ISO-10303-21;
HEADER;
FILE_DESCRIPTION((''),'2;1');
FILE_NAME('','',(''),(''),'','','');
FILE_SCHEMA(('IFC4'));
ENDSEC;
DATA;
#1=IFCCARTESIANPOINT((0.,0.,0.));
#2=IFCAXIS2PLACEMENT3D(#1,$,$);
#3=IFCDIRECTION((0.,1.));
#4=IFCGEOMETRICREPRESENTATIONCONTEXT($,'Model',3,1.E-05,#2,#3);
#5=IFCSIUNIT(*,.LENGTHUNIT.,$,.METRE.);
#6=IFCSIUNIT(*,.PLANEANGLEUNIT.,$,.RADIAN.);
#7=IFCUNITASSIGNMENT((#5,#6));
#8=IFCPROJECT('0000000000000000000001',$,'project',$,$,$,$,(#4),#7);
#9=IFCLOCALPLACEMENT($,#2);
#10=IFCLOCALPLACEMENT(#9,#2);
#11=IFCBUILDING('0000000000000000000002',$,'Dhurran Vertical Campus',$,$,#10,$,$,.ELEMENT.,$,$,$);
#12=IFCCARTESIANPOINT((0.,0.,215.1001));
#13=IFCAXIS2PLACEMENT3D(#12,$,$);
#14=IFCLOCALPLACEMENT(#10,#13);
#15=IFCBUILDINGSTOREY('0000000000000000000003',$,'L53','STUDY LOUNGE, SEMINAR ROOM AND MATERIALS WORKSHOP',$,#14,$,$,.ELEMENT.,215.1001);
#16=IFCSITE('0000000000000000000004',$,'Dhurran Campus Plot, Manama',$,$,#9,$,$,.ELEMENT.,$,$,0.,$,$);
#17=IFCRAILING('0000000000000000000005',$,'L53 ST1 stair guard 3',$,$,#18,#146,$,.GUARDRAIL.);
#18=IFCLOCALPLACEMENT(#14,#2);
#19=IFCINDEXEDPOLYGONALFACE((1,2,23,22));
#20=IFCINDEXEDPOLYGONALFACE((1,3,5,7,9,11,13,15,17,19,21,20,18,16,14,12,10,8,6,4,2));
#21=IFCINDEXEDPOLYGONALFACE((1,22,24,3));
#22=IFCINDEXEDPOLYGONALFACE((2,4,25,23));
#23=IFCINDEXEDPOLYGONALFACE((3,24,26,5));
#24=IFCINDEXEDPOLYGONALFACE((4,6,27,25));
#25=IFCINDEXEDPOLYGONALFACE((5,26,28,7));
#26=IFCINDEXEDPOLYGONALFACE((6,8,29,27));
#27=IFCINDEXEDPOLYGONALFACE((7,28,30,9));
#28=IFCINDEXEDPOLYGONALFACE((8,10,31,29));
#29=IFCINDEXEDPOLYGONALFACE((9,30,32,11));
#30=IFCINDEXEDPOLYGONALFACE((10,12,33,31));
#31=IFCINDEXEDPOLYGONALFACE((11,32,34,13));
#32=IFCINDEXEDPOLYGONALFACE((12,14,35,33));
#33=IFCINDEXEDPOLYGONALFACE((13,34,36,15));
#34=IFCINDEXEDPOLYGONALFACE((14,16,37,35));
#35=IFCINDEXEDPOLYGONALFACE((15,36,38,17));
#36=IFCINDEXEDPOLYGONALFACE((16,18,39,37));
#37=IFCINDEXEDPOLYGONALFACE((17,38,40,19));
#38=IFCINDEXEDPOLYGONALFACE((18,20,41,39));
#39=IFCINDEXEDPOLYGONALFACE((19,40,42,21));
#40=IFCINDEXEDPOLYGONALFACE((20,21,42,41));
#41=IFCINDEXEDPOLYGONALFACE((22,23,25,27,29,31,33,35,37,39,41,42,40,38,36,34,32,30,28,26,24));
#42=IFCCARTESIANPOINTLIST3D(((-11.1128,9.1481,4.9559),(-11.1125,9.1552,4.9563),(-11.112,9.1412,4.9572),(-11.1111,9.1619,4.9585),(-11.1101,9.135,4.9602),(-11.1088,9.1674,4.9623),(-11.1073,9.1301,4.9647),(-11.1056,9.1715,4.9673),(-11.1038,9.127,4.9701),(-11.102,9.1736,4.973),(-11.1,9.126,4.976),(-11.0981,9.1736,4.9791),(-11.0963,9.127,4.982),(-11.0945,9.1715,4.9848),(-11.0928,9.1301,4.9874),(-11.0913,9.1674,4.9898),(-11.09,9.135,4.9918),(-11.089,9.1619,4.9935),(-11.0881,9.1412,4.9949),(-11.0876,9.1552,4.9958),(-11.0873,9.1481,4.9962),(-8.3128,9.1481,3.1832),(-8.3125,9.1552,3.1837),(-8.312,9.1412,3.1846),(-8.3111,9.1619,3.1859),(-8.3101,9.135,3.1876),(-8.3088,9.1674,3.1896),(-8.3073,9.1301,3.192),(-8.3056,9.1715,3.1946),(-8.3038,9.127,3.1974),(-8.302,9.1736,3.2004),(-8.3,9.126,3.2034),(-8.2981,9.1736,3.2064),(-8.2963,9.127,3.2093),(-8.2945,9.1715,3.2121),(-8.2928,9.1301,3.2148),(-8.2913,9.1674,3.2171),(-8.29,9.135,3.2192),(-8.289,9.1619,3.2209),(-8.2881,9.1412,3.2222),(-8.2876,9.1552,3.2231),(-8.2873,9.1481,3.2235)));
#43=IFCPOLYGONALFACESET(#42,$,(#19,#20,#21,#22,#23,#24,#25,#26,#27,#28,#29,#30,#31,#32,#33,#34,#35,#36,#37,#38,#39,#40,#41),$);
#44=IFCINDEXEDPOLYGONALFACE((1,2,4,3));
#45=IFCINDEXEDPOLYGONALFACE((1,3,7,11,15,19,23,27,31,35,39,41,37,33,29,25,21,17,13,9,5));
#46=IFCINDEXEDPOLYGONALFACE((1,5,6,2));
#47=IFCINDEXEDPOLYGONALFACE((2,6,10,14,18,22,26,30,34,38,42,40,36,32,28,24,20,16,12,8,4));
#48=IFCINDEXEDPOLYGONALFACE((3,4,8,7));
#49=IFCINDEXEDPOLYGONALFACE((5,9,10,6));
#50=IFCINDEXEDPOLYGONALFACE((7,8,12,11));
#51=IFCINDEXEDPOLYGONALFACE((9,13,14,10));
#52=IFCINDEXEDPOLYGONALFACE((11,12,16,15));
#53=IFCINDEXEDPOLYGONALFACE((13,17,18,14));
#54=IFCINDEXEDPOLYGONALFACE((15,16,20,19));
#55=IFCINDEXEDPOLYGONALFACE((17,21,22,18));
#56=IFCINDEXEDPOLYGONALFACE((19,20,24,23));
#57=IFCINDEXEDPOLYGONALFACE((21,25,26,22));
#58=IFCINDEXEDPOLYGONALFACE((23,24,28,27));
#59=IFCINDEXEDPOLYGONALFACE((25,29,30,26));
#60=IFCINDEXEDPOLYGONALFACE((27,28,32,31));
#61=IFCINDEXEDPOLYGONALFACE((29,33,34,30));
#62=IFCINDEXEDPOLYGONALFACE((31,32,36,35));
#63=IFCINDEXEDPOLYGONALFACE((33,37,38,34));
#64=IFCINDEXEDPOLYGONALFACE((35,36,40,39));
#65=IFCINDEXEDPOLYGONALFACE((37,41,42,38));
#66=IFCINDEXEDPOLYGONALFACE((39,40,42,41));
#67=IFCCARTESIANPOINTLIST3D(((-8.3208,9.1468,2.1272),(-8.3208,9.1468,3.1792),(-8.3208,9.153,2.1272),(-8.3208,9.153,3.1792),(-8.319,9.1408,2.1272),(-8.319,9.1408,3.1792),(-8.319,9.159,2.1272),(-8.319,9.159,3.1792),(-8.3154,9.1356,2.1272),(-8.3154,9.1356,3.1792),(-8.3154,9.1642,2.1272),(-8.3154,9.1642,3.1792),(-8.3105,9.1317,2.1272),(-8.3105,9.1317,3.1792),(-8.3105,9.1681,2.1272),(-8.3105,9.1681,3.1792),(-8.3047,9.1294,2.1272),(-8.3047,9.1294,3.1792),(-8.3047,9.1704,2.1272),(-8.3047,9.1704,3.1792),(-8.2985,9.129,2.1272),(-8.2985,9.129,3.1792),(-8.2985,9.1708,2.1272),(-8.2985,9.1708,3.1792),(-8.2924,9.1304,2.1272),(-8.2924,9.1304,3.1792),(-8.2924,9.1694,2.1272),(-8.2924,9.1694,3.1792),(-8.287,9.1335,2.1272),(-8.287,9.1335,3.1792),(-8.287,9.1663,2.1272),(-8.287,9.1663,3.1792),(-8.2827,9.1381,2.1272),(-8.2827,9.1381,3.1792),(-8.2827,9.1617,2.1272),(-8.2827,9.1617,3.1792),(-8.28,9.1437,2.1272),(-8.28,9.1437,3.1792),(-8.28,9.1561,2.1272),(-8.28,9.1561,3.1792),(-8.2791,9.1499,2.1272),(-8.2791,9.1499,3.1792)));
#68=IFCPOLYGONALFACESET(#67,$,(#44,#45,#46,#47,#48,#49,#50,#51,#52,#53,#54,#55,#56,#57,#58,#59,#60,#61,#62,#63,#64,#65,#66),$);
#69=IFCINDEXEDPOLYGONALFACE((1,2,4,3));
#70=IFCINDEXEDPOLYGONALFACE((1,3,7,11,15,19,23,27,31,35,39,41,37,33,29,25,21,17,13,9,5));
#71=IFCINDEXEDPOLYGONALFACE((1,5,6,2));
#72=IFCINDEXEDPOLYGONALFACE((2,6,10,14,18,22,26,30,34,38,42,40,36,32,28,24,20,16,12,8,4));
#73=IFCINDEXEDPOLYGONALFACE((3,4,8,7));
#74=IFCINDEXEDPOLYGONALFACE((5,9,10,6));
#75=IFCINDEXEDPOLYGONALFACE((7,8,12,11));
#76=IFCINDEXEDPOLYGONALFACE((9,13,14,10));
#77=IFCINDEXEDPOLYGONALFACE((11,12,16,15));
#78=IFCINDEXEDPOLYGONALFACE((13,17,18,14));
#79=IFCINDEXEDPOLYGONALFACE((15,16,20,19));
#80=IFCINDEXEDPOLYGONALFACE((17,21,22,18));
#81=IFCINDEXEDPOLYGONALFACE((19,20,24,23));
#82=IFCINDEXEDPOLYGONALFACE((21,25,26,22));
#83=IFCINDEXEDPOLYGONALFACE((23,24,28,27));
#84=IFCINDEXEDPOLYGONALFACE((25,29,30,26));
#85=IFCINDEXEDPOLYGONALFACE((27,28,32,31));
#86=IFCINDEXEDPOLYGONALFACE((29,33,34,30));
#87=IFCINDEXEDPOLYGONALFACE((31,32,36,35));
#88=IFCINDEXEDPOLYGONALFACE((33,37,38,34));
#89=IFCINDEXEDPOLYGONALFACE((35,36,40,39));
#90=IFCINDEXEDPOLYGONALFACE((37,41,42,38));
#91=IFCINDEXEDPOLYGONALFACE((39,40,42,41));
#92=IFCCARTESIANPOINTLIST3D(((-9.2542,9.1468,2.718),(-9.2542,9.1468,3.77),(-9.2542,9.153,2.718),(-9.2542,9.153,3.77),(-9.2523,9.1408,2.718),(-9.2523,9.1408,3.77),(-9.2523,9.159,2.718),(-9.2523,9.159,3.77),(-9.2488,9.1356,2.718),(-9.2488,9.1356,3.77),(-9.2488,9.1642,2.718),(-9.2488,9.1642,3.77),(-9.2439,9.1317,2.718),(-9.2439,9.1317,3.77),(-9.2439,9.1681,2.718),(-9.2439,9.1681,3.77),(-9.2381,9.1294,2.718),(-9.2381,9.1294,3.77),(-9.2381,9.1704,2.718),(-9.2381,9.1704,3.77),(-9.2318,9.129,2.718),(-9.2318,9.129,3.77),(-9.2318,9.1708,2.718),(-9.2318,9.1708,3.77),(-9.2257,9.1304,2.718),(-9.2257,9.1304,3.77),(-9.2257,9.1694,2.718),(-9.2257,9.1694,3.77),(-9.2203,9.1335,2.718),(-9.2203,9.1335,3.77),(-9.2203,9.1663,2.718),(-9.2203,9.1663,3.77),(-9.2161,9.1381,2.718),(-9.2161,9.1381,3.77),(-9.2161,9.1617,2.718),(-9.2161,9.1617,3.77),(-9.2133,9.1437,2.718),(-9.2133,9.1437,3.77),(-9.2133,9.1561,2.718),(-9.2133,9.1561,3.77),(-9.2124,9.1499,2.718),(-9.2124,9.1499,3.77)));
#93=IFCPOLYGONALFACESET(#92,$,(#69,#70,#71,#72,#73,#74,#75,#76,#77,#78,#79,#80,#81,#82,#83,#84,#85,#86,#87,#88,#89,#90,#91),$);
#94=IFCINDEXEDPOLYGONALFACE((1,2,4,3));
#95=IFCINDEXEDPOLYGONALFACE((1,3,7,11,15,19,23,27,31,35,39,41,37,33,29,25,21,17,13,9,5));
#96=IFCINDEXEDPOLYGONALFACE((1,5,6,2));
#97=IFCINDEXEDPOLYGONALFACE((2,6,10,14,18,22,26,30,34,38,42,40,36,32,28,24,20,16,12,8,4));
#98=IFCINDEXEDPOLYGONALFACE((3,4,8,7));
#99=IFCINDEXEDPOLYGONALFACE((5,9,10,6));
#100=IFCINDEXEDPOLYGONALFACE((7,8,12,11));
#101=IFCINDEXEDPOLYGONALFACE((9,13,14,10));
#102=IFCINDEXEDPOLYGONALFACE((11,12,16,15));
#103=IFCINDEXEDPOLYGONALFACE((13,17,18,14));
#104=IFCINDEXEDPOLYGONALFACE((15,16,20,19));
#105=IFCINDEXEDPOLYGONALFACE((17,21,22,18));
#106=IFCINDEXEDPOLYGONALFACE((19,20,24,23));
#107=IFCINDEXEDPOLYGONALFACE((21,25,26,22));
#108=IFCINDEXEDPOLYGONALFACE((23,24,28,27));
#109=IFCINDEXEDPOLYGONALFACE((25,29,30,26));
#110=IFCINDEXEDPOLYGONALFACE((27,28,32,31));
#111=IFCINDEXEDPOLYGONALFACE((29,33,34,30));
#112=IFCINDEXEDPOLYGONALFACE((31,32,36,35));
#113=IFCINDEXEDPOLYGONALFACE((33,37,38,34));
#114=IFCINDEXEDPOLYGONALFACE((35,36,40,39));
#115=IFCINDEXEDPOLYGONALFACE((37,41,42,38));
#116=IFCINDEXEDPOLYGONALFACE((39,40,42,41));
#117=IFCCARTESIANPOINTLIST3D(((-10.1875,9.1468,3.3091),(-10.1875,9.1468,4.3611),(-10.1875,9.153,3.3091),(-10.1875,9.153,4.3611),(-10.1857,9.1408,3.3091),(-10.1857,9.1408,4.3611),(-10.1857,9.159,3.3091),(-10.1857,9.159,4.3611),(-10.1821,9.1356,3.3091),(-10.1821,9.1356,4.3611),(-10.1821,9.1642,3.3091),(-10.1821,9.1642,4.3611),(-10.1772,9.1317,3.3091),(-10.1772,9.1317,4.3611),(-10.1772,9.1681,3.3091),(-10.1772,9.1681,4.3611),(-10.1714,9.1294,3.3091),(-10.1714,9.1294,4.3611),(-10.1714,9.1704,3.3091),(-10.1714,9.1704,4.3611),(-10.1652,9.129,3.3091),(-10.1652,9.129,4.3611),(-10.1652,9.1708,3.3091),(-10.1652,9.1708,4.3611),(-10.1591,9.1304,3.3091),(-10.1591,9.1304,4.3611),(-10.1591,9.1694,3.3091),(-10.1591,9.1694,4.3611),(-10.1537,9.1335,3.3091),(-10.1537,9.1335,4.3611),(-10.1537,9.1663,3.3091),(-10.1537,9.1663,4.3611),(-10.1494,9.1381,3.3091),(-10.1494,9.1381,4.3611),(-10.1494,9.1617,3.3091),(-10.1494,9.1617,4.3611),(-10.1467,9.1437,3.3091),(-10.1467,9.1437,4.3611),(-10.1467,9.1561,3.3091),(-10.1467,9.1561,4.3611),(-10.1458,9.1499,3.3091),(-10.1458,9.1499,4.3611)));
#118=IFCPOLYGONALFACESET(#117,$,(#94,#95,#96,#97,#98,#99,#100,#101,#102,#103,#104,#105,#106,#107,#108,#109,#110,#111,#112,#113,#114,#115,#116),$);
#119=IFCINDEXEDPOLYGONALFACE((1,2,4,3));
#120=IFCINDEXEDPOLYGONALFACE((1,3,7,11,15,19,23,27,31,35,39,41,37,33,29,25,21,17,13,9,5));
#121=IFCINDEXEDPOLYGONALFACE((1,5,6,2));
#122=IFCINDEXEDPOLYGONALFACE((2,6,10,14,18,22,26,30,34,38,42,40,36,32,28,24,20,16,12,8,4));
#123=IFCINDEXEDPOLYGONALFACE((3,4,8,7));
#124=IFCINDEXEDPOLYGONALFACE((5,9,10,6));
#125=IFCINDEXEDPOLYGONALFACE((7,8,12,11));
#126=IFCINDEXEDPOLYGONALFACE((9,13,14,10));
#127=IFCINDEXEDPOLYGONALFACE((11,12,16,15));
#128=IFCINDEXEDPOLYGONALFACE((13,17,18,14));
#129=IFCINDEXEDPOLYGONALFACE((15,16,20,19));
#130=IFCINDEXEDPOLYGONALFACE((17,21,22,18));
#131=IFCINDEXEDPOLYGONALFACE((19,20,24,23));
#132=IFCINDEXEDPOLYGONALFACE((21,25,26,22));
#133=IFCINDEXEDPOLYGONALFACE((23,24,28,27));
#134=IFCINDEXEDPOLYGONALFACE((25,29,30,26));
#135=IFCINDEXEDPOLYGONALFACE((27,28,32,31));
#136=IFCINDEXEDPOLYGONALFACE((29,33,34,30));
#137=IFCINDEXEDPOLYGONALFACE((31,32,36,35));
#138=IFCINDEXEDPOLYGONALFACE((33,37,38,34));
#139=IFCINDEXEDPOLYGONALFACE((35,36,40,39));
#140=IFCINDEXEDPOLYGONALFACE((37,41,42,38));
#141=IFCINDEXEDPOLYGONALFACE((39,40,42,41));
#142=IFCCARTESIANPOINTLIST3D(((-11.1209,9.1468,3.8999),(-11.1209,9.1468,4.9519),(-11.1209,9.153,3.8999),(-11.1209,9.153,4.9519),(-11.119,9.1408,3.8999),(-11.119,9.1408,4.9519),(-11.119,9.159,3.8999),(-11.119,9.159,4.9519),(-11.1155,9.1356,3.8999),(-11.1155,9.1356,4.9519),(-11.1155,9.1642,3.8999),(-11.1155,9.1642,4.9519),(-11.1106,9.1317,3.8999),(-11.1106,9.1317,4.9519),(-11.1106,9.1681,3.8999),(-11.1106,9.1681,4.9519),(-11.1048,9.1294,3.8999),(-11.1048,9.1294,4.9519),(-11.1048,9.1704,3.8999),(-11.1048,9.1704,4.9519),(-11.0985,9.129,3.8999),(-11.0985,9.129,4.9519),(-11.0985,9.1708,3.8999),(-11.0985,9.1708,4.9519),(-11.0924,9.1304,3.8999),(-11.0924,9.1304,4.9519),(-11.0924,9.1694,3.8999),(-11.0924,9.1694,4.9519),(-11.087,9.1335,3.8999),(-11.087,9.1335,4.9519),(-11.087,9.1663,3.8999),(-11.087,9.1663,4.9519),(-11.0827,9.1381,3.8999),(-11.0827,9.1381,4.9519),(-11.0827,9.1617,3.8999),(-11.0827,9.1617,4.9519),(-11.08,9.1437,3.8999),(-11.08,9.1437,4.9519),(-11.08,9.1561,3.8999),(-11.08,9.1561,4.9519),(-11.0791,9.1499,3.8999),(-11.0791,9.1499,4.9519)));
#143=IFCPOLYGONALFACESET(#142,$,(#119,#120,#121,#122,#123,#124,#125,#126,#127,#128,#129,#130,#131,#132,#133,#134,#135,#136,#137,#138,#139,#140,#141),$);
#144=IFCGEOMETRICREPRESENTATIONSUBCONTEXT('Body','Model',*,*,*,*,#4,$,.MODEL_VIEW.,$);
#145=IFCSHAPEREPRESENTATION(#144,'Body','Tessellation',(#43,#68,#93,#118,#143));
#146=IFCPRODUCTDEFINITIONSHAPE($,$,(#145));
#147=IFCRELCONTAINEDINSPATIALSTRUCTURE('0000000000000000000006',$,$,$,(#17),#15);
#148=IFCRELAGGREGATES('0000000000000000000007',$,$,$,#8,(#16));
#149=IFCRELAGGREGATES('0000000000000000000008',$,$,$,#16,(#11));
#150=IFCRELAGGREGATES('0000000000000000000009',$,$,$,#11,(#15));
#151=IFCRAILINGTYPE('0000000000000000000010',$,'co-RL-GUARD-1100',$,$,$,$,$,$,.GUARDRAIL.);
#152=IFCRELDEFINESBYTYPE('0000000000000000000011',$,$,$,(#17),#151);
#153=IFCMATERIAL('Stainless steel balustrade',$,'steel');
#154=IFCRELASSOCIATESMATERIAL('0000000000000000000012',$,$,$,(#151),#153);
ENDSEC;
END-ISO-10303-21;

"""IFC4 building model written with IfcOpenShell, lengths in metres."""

from ifc_helpers import new_model, si_unit, direction, frame, origin, origin_2d, place, context, subcontext, project, spatial, circle, extrude, material, type_object, element, save


model = new_model("IFC4")

# Units and contexts
model_context = context("Model", 3, precision=1e-05, world=origin(), true_north=direction((0.0, 1.0)))
body_context = subcontext(model_context, "Body", "Model", "MODEL_VIEW")
ifc_project = project(units=[si_unit("LENGTHUNIT", "METRE"), si_unit("PLANEANGLEUNIT", "RADIAN")], contexts=[model_context])

# Site, building, storey
site_placement = place(None, origin())
site = spatial("IfcSite", under=ifc_project, at=site_placement, Name="Dhurran Campus Plot, Manama", CompositionType="ELEMENT", RefElevation=0.0)
building_placement = place(site_placement, origin())
building = spatial("IfcBuilding", under=site, at=building_placement, Name="Dhurran Vertical Campus", CompositionType="ELEMENT")
storey_placement = place(building_placement, frame((0.0, 0.0, 215.1001)))
storey = spatial("IfcBuildingStorey", under=building, at=storey_placement, Name="L53", Description="STUDY LOUNGE, SEMINAR ROOM AND MATERIALS WORKSHOP", CompositionType="ELEMENT", Elevation=215.1001)

# Railing
ifc_material_1 = material(Name="Stainless steel balustrade", Category="steel")
railing_type_1 = type_object("IfcRailingType", Name="co-RL-GUARD-1100", PredefinedType="GUARDRAIL", material=ifc_material_1)
railing_1_placement = place(storey_placement, frame((-8.3, 9.1499, 2.1272)))
element("IfcRailing", 1, at=railing_1_placement, inside=storey, type_object=railing_type_1, Name="L53 ST1 stair guard 3", PredefinedType="GUARDRAIL", context=body_context, shape_type="SweptSolid", body=[
    extrude(circle(Radius=0.0239, at=origin_2d()), frame((0.0, 0.0, 1.0762), z_axis=(-0.844909, 0.0, 0.53491), x_axis=(0.0, -1.0, 0.0)), (0.0, 0.0, 1.0), 3.314),
    extrude(circle(Radius=0.021, at=origin_2d()), origin(), (0.0, 0.0, 1.0), 1.052),
    extrude(circle(Radius=0.021, at=origin_2d()), frame((-0.9333, 0.0, 0.5908)), (0.0, 0.0, 1.0), 1.052),
    extrude(circle(Radius=0.021, at=origin_2d()), frame((-1.8667, 0.0, 1.1819)), (0.0, 0.0, 1.0), 1.052),
    extrude(circle(Radius=0.021, at=origin_2d()), frame((-2.8, 0.0, 1.7727)), (0.0, 0.0, 1.0), 1.052),
])

save(model, "model.ifc")
